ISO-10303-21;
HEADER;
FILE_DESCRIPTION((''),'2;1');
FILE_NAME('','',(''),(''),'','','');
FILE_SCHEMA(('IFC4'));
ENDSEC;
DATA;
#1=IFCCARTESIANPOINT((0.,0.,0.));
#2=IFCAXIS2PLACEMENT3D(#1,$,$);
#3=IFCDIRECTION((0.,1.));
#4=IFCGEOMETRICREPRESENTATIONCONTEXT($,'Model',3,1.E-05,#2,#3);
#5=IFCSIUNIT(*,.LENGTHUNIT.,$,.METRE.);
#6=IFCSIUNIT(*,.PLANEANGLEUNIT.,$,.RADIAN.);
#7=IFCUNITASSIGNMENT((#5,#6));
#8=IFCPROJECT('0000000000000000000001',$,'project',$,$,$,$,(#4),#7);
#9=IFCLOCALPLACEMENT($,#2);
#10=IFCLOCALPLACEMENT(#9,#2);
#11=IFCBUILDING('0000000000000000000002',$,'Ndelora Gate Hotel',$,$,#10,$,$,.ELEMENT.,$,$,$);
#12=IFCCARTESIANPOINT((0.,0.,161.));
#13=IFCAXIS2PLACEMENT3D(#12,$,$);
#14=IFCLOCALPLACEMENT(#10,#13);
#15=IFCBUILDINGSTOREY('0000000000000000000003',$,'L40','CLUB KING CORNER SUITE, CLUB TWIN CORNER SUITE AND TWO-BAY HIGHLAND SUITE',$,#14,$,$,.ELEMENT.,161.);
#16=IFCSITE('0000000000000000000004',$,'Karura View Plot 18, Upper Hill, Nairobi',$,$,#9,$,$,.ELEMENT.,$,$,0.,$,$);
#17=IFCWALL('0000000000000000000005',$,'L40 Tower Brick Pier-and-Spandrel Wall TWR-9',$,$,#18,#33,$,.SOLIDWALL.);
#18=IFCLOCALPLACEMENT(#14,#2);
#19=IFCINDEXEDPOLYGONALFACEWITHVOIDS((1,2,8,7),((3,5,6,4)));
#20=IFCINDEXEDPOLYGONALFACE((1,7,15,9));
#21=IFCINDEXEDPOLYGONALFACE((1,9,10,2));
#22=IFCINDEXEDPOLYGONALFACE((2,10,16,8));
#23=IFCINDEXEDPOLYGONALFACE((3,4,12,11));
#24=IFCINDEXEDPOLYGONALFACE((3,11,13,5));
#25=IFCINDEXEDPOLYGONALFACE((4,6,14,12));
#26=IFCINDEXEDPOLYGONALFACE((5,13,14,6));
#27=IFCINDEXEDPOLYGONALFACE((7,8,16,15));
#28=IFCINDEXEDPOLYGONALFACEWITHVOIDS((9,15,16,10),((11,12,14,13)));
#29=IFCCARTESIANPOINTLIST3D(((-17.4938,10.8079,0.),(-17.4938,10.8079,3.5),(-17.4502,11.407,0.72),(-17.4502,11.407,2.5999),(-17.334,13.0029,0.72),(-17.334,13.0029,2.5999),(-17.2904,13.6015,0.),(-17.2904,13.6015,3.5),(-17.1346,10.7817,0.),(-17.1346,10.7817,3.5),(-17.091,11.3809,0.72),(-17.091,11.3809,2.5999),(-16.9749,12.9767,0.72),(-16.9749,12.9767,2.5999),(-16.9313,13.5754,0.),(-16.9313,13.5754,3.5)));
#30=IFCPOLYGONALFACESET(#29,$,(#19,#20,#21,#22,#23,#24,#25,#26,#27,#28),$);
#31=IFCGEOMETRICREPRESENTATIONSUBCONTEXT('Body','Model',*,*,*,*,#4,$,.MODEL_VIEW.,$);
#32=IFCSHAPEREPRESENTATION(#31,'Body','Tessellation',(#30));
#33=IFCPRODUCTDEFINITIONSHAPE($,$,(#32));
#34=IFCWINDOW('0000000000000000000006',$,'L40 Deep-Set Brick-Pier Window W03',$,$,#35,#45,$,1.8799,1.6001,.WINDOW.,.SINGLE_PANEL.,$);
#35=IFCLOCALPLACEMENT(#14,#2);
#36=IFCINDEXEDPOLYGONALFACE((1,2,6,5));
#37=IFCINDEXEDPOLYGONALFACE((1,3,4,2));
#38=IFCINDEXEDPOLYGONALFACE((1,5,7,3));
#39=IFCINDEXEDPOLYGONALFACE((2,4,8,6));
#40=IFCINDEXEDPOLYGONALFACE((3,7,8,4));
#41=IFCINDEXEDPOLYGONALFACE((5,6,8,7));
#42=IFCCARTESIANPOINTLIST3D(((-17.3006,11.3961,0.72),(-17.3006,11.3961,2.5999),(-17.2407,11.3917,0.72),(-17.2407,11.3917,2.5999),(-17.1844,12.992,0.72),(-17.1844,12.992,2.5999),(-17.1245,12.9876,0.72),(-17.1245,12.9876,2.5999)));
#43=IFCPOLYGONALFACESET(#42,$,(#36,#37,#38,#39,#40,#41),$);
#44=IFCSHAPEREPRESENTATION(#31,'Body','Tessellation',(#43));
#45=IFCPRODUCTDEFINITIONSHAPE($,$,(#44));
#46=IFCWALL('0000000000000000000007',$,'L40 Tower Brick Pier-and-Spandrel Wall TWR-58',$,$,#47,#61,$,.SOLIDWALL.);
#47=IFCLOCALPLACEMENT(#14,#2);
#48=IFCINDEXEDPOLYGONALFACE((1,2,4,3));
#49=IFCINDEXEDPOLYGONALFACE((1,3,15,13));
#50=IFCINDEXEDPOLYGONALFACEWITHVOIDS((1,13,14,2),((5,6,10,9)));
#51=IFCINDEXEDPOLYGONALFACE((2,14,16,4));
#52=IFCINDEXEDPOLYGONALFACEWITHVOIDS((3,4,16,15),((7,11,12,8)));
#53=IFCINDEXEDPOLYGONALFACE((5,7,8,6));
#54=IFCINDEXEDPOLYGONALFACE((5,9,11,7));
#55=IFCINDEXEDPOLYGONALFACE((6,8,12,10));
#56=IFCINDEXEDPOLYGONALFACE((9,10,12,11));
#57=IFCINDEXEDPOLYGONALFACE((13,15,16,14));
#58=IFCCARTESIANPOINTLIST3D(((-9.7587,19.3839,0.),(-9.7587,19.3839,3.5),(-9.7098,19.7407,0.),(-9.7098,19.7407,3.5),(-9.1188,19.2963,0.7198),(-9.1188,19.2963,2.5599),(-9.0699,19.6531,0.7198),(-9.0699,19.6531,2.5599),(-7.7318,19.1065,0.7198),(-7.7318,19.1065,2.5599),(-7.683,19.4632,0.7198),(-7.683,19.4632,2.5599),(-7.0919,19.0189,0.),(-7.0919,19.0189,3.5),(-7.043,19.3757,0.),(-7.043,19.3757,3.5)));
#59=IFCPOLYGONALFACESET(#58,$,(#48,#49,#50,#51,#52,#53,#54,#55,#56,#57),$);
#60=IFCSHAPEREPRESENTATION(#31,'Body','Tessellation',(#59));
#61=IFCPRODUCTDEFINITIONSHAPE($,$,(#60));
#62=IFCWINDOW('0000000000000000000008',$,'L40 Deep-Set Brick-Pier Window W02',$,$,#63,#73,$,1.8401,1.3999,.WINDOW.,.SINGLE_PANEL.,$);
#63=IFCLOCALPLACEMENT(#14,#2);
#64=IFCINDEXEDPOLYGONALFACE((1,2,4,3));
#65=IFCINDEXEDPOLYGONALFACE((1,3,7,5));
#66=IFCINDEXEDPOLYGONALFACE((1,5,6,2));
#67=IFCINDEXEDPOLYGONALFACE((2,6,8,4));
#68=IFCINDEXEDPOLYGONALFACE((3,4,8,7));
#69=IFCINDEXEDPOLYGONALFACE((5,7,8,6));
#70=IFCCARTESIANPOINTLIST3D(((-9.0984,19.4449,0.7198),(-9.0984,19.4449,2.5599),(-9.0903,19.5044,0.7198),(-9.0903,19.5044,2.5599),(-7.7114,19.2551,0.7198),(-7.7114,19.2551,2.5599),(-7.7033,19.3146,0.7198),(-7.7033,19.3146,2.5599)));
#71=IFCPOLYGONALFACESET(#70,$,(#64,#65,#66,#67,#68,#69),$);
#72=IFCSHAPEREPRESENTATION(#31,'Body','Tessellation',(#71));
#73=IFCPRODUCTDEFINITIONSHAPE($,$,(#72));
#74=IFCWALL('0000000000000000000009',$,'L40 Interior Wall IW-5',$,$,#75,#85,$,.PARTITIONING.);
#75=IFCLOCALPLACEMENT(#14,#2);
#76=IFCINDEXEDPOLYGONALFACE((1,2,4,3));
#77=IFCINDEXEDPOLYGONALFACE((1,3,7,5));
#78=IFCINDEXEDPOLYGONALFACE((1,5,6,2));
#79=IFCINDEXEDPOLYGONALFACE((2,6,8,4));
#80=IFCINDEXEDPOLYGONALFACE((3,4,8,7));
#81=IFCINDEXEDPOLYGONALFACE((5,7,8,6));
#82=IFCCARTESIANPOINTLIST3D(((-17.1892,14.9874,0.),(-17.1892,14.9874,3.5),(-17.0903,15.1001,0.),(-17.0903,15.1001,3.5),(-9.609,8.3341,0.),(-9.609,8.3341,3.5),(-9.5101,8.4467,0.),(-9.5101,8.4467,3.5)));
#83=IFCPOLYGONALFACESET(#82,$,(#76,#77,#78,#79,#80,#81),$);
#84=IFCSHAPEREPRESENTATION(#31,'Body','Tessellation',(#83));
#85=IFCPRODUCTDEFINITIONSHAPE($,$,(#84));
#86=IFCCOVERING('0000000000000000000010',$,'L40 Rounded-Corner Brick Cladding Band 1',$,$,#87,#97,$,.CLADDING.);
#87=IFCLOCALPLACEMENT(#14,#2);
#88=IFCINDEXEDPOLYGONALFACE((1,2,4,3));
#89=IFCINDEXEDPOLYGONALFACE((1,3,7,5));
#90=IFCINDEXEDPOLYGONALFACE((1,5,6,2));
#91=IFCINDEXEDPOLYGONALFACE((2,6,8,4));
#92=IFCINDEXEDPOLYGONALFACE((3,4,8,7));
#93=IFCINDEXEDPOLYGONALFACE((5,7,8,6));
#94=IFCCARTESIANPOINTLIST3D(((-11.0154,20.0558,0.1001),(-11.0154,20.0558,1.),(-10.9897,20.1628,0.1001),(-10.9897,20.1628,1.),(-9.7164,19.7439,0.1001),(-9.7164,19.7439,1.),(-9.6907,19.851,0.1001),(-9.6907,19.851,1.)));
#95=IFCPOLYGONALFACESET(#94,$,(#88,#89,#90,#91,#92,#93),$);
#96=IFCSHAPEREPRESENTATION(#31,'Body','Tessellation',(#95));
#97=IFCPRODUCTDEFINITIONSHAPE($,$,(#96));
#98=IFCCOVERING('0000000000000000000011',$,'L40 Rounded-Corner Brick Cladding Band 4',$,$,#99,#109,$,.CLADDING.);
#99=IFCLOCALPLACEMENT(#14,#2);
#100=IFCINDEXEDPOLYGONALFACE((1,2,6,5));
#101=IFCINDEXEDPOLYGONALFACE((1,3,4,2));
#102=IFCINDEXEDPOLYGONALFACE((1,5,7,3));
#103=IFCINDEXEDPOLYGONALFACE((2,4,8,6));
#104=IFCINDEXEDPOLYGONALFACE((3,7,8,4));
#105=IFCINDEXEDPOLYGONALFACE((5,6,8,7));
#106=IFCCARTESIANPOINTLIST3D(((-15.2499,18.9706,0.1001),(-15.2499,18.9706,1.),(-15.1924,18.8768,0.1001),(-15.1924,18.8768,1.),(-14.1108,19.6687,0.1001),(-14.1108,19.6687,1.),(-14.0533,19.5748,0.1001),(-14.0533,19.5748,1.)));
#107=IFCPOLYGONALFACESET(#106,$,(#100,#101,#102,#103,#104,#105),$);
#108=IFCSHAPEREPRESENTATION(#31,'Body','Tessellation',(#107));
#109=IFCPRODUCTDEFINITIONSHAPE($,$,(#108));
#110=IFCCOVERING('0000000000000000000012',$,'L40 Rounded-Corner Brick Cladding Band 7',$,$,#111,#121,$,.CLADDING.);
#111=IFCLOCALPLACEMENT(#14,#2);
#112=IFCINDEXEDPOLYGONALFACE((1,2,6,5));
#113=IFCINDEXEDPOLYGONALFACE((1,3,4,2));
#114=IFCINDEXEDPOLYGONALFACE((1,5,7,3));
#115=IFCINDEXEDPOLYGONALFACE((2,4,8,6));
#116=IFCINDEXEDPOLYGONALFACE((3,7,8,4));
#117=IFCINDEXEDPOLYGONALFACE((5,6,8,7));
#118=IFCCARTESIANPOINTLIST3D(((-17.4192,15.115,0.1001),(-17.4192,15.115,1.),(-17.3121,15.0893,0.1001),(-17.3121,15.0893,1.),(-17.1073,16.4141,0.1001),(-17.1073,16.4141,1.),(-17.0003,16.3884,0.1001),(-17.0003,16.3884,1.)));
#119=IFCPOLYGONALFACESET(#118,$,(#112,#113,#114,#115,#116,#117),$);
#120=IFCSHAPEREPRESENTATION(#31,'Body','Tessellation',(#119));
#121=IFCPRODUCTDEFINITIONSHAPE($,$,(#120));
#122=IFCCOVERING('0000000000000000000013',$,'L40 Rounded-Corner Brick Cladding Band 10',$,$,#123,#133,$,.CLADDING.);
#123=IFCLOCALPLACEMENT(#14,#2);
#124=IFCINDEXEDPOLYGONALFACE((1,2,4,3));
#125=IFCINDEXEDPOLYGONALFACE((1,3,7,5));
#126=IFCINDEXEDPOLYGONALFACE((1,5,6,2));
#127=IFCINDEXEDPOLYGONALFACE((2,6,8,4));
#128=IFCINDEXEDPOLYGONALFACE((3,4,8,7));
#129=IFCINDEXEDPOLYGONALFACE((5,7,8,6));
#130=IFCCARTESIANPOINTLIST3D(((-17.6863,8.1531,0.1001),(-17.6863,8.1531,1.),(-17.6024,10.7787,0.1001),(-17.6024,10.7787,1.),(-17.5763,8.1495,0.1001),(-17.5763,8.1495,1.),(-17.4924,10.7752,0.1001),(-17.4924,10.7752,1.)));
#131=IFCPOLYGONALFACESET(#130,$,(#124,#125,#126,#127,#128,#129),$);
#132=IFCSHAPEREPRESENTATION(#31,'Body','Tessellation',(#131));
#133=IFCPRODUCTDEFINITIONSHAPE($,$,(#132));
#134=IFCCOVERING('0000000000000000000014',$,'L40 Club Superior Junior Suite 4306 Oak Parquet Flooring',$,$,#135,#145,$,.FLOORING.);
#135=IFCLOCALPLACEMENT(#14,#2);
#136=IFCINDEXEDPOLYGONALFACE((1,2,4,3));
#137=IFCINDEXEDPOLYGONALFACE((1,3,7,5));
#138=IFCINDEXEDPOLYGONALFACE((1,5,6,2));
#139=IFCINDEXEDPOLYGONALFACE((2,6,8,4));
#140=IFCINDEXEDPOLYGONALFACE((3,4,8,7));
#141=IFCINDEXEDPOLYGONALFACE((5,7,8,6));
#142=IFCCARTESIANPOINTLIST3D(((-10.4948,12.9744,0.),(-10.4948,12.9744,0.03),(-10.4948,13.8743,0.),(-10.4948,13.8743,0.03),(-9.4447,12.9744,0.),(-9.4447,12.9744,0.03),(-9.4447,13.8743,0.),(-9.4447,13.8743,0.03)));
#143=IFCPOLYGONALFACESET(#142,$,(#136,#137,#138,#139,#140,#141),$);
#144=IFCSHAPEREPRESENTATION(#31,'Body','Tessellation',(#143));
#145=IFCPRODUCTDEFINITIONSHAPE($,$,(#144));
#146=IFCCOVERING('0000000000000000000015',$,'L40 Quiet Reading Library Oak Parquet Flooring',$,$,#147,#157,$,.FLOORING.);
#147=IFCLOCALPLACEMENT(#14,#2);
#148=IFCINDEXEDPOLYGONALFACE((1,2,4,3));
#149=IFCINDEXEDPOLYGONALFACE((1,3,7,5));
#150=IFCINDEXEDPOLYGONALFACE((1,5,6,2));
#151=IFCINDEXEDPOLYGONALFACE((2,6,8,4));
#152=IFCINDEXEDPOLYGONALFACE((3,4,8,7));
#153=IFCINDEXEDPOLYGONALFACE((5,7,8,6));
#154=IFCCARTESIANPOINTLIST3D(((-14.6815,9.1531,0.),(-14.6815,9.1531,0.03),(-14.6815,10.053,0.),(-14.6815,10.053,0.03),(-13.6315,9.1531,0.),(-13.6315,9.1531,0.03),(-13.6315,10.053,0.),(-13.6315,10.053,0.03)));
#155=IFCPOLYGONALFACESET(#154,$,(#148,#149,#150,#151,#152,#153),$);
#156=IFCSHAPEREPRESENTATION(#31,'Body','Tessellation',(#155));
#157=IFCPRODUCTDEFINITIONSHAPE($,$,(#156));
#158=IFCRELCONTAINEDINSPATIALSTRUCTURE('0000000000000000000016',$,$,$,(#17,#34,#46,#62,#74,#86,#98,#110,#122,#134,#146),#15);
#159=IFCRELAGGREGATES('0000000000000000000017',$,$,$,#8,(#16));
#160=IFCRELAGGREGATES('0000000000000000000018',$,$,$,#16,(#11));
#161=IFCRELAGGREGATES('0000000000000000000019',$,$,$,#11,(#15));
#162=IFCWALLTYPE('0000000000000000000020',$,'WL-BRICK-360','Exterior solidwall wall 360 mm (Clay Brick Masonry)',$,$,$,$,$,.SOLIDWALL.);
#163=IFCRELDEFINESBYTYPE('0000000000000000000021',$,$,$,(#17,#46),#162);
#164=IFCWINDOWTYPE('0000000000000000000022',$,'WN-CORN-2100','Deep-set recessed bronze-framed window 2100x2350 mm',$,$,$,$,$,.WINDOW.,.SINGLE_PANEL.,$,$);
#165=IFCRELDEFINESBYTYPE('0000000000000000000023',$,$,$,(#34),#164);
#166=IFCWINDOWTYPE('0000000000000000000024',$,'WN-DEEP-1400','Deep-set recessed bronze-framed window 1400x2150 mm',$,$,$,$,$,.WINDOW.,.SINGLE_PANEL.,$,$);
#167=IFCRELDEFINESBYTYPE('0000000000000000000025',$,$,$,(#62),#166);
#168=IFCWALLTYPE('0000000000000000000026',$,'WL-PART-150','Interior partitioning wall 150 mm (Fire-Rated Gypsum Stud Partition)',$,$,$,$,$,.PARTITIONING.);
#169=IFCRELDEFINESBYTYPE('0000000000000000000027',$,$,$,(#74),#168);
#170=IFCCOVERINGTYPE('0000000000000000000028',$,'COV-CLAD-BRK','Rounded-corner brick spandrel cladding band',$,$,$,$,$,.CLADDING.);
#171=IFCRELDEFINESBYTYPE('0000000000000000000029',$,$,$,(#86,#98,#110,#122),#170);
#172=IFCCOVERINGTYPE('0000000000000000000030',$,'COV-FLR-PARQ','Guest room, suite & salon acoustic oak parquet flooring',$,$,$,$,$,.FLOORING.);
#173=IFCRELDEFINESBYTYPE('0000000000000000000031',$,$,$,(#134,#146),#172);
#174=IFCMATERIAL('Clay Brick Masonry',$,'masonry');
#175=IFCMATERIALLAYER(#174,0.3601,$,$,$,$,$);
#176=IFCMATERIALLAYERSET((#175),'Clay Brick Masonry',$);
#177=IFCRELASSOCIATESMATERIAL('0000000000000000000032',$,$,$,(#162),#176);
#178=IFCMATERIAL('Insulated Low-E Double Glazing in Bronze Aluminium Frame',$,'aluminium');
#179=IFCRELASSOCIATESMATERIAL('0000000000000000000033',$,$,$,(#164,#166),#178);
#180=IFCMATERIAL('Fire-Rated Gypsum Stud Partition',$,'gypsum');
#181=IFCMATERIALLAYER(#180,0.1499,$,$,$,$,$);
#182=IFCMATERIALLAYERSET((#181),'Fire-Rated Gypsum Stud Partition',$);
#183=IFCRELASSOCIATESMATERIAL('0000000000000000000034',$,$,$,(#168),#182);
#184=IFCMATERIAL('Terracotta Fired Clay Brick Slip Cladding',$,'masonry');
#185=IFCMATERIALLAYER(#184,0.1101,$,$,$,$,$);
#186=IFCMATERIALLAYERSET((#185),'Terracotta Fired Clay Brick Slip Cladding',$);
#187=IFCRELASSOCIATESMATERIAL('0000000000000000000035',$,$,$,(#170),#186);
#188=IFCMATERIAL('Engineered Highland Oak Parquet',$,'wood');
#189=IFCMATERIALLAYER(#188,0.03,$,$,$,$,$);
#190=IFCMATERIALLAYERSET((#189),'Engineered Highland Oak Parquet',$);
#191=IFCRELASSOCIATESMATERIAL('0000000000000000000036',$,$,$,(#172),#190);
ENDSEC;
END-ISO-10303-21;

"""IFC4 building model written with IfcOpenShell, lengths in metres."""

from ifc_helpers import new_model, si_unit, direction, frame, frame_2d, origin, origin_2d, place, context, subcontext, project, spatial, rectangle, extrude, material, layer, layer_set, type_object, element, fill, save


model = new_model("IFC4")

# Units and contexts
model_context = context("Model", 3, precision=1e-05, world=origin(), true_north=direction((0.0, 1.0)))
body_context = subcontext(model_context, "Body", "Model", "MODEL_VIEW")
ifc_project = project(units=[si_unit("LENGTHUNIT", "METRE"), si_unit("PLANEANGLEUNIT", "RADIAN")], contexts=[model_context])

# Site, building, storey
site_placement = place(None, origin())
site = spatial("IfcSite", under=ifc_project, at=site_placement, Name="Karura View Plot 18, Upper Hill, Nairobi", CompositionType="ELEMENT", RefElevation=0.0)
building_placement = place(site_placement, origin())
building = spatial("IfcBuilding", under=site, at=building_placement, Name="Ndelora Gate Hotel", CompositionType="ELEMENT")
storey_placement = place(building_placement, frame((0.0, 0.0, 161.0)))
storey = spatial("IfcBuildingStorey", under=building, at=storey_placement, Name="L40", Description="CLUB KING CORNER SUITE, CLUB TWIN CORNER SUITE AND TWO-BAY HIGHLAND SUITE", CompositionType="ELEMENT", Elevation=161.0)

# Shared definitions
ifc_material_1 = material(Name="Clay Brick Masonry", Category="masonry")
ifc_layer_1 = layer(ifc_material_1, 0.3601)
ifc_layer_set_1 = layer_set([ifc_layer_1], Name="Clay Brick Masonry")
wall_type_1 = type_object("IfcWallType", Name="WL-BRICK-360", Description="Exterior solidwall wall 360 mm (Clay Brick Masonry)", PredefinedType="SOLIDWALL", material=ifc_layer_set_1)

# Walls, openings, windows
wall_1_placement = place(storey_placement, frame((-17.3142, 10.7949, 0.0), z_axis=(0.0, 0.0, 1.0), x_axis=(0.072603, 0.997361, 0.0)))
wall_1 = element("IfcWall", 1, at=wall_1_placement, inside=storey, type_object=wall_type_1, Name="L40 Tower Brick Pier-and-Spandrel Wall TWR-9", PredefinedType="SOLIDWALL", context=body_context, shape_type="SweptSolid", body=[
    extrude(rectangle(XDim=2.801, YDim=0.3601, at=frame_2d((1.4004, 0.0))), origin(), (0.0, 0.0, 1.0), 3.5),
])
opening_1_placement = place(wall_1_placement, frame((0.6006, 0.0, 0.72)))
opening_1 = element("IfcOpeningElement", 2, at=opening_1_placement, cuts=wall_1, PredefinedType="OPENING", context=body_context, shape_type="SweptSolid", body=[
    extrude(rectangle(XDim=1.6001, YDim=1.8799, at=frame_2d((0.8, 0.9399))), frame((0.0, 0.1899, 0.0), z_axis=(0.0, -1.0, 0.0), x_axis=(1.0, 0.0, 0.0)), (0.0, 0.0, 1.0), 0.3801),
])
ifc_material_2 = material(Name="Insulated Low-E Double Glazing in Bronze Aluminium Frame", Category="aluminium")
window_type_1 = type_object("IfcWindowType", Name="WN-CORN-2100", Description="Deep-set recessed bronze-framed window 2100x2350 mm", PartitioningType="SINGLE_PANEL", PredefinedType="WINDOW", material=ifc_material_2)
window_1_placement = place(opening_1_placement, origin())
window_1 = element("IfcWindow", 3, at=window_1_placement, inside=storey, type_object=window_type_1, Name="L40 Deep-Set Brick-Pier Window W03", OverallHeight=1.8799, OverallWidth=1.6001, PartitioningType="SINGLE_PANEL", PredefinedType="WINDOW", context=body_context, shape_type="SweptSolid", body=[
    extrude(rectangle(XDim=1.6001, YDim=1.8799, at=frame_2d((0.8, 0.9399))), frame((0.0, 0.03, 0.0), z_axis=(0.0, -1.0, 0.0), x_axis=(1.0, 0.0, 0.0)), (0.0, 0.0, 1.0), 0.0601),
])
fill(opening_1, window_1)
wall_2_placement = place(storey_placement, frame((-9.7341, 19.5623, 0.0), z_axis=(0.0, 0.0, 1.0), x_axis=(0.990763, -0.135603, 0.0)))
wall_2 = element("IfcWall", 4, at=wall_2_placement, inside=storey, type_object=wall_type_1, Name="L40 Tower Brick Pier-and-Spandrel Wall TWR-58", PredefinedType="SOLIDWALL", context=body_context, shape_type="SweptSolid", body=[
    extrude(rectangle(XDim=2.6917, YDim=0.3601, at=frame_2d((1.3457, 0.0))), origin(), (0.0, 0.0, 1.0), 3.5),
])
opening_2_placement = place(wall_2_placement, frame((0.6458, 0.0, 0.72)))
opening_2 = element("IfcOpeningElement", 5, at=opening_2_placement, cuts=wall_2, PredefinedType="OPENING", context=body_context, shape_type="SweptSolid", body=[
    extrude(rectangle(XDim=1.3999, YDim=1.8401, at=frame_2d((0.7, 0.9199))), frame((0.0, 0.1899, 0.0), z_axis=(0.0, -1.0, 0.0), x_axis=(1.0, 0.0, 0.0)), (0.0, 0.0, 1.0), 0.3801),
])
window_type_2 = type_object("IfcWindowType", Name="WN-DEEP-1400", Description="Deep-set recessed bronze-framed window 1400x2150 mm", PartitioningType="SINGLE_PANEL", PredefinedType="WINDOW", material=ifc_material_2)
window_2_placement = place(opening_2_placement, origin())
window_2 = element("IfcWindow", 6, at=window_2_placement, inside=storey, type_object=window_type_2, Name="L40 Deep-Set Brick-Pier Window W02", OverallHeight=1.8401, OverallWidth=1.3999, PartitioningType="SINGLE_PANEL", PredefinedType="WINDOW", context=body_context, shape_type="SweptSolid", body=[
    extrude(rectangle(XDim=1.3999, YDim=1.8401, at=frame_2d((0.7, 0.9199))), frame((0.0, 0.03, 0.0), z_axis=(0.0, -1.0, 0.0), x_axis=(1.0, 0.0, 0.0)), (0.0, 0.0, 1.0), 0.0601),
])
fill(opening_2, window_2)

# Wall
ifc_material_3 = material(Name="Fire-Rated Gypsum Stud Partition", Category="gypsum")
ifc_layer_2 = layer(ifc_material_3, 0.1499)
ifc_layer_set_2 = layer_set([ifc_layer_2], Name="Fire-Rated Gypsum Stud Partition")
wall_type_2 = type_object("IfcWallType", Name="WL-PART-150", Description="Interior partitioning wall 150 mm (Fire-Rated Gypsum Stud Partition)", PredefinedType="PARTITIONING", material=ifc_layer_set_2)
wall_3_placement = place(storey_placement, frame((-9.5596, 8.3904, 0.0), z_axis=(0.0, 0.0, 1.0), x_axis=(-0.751556, 0.659669, 0.0)))
element("IfcWall", 7, at=wall_3_placement, inside=storey, type_object=wall_type_2, Name="L40 Interior Wall IW-5", PredefinedType="PARTITIONING", context=body_context, shape_type="SweptSolid", body=[
    extrude(rectangle(XDim=10.0859, YDim=0.1499, at=frame_2d((5.043, 0.0))), origin(), (0.0, 0.0, 1.0), 3.5),
])

# Coverings
ifc_material_4 = material(Name="Terracotta Fired Clay Brick Slip Cladding", Category="masonry")
ifc_layer_3 = layer(ifc_material_4, 0.1101)
ifc_layer_set_3 = layer_set([ifc_layer_3], Name="Terracotta Fired Clay Brick Slip Cladding")
covering_type_1 = type_object("IfcCoveringType", Name="COV-CLAD-BRK", Description="Rounded-corner brick spandrel cladding band", PredefinedType="CLADDING", material=ifc_layer_set_3)
for number, where, z_axis, x_axis, name in (
    (8, (-10.353, 19.9534, 0.1001), (0.0, 0.0, 1.0), (-0.97237, 0.233445, 0.0), "L40 Rounded-Corner Brick Cladding Band 1"),
    (9, (-14.6516, 19.2727, 0.1001), (0.0, 0.0, 1.0), (0.85264, 0.522499, 0.0), "L40 Rounded-Corner Brick Cladding Band 4"),
    (10, (-17.2097, 15.7517, 0.1001), (0.0, 0.0, 1.0), (0.233445, 0.97237, 0.0), "L40 Rounded-Corner Brick Cladding Band 7"),
):
    element("IfcCovering", number, at=place(storey_placement, frame(where, z_axis=z_axis, x_axis=x_axis)), inside=storey, type_object=covering_type_1, Name=name, PredefinedType="CLADDING", context=body_context, shape_type="SweptSolid", body=[
        extrude(rectangle(XDim=1.3359, YDim=0.1101, at=origin_2d()), origin(), (0.0, 0.0, 1.0), 0.8999),
    ])
covering_placement = place(storey_placement, frame((-17.5894, 9.4641, 0.1001), z_axis=(0.0, 0.0, 1.0), x_axis=(0.031934, 0.99949, 0.0)))
element("IfcCovering", 11, at=covering_placement, inside=storey, type_object=covering_type_1, Name="L40 Rounded-Corner Brick Cladding Band 10", PredefinedType="CLADDING", context=body_context, shape_type="SweptSolid", body=[
    extrude(rectangle(XDim=2.627, YDim=0.1101, at=origin_2d()), origin(), (0.0, 0.0, 1.0), 0.8999),
])
ifc_material_5 = material(Name="Engineered Highland Oak Parquet", Category="wood")
ifc_layer_4 = layer(ifc_material_5, 0.03)
ifc_layer_set_4 = layer_set([ifc_layer_4], Name="Engineered Highland Oak Parquet")
covering_type_2 = type_object("IfcCoveringType", Name="COV-FLR-PARQ", Description="Guest room, suite & salon acoustic oak parquet flooring", PredefinedType="FLOORING", material=ifc_layer_set_4)
for number, where, z_axis, x_axis, name in (
    (12, (-9.9697, 13.4243, 0.0), (0.0, 0.0, 1.0), (1.0, 0.0, 0.0), "L40 Club Superior Junior Suite 4306 Oak Parquet Flooring"),
    (13, (-14.1565, 9.603, 0.0), (0.0, 0.0, 1.0), (1.0, 0.0, 0.0), "L40 Quiet Reading Library Oak Parquet Flooring"),
):
    element("IfcCovering", number, at=place(storey_placement, frame(where, z_axis=z_axis, x_axis=x_axis)), inside=storey, type_object=covering_type_2, Name=name, PredefinedType="FLOORING", context=body_context, shape_type="SweptSolid", body=[
        extrude(rectangle(XDim=1.05, YDim=0.8999, at=origin_2d()), origin(), (0.0, 0.0, 1.0), 0.03),
    ])

save(model, "model.ifc")
